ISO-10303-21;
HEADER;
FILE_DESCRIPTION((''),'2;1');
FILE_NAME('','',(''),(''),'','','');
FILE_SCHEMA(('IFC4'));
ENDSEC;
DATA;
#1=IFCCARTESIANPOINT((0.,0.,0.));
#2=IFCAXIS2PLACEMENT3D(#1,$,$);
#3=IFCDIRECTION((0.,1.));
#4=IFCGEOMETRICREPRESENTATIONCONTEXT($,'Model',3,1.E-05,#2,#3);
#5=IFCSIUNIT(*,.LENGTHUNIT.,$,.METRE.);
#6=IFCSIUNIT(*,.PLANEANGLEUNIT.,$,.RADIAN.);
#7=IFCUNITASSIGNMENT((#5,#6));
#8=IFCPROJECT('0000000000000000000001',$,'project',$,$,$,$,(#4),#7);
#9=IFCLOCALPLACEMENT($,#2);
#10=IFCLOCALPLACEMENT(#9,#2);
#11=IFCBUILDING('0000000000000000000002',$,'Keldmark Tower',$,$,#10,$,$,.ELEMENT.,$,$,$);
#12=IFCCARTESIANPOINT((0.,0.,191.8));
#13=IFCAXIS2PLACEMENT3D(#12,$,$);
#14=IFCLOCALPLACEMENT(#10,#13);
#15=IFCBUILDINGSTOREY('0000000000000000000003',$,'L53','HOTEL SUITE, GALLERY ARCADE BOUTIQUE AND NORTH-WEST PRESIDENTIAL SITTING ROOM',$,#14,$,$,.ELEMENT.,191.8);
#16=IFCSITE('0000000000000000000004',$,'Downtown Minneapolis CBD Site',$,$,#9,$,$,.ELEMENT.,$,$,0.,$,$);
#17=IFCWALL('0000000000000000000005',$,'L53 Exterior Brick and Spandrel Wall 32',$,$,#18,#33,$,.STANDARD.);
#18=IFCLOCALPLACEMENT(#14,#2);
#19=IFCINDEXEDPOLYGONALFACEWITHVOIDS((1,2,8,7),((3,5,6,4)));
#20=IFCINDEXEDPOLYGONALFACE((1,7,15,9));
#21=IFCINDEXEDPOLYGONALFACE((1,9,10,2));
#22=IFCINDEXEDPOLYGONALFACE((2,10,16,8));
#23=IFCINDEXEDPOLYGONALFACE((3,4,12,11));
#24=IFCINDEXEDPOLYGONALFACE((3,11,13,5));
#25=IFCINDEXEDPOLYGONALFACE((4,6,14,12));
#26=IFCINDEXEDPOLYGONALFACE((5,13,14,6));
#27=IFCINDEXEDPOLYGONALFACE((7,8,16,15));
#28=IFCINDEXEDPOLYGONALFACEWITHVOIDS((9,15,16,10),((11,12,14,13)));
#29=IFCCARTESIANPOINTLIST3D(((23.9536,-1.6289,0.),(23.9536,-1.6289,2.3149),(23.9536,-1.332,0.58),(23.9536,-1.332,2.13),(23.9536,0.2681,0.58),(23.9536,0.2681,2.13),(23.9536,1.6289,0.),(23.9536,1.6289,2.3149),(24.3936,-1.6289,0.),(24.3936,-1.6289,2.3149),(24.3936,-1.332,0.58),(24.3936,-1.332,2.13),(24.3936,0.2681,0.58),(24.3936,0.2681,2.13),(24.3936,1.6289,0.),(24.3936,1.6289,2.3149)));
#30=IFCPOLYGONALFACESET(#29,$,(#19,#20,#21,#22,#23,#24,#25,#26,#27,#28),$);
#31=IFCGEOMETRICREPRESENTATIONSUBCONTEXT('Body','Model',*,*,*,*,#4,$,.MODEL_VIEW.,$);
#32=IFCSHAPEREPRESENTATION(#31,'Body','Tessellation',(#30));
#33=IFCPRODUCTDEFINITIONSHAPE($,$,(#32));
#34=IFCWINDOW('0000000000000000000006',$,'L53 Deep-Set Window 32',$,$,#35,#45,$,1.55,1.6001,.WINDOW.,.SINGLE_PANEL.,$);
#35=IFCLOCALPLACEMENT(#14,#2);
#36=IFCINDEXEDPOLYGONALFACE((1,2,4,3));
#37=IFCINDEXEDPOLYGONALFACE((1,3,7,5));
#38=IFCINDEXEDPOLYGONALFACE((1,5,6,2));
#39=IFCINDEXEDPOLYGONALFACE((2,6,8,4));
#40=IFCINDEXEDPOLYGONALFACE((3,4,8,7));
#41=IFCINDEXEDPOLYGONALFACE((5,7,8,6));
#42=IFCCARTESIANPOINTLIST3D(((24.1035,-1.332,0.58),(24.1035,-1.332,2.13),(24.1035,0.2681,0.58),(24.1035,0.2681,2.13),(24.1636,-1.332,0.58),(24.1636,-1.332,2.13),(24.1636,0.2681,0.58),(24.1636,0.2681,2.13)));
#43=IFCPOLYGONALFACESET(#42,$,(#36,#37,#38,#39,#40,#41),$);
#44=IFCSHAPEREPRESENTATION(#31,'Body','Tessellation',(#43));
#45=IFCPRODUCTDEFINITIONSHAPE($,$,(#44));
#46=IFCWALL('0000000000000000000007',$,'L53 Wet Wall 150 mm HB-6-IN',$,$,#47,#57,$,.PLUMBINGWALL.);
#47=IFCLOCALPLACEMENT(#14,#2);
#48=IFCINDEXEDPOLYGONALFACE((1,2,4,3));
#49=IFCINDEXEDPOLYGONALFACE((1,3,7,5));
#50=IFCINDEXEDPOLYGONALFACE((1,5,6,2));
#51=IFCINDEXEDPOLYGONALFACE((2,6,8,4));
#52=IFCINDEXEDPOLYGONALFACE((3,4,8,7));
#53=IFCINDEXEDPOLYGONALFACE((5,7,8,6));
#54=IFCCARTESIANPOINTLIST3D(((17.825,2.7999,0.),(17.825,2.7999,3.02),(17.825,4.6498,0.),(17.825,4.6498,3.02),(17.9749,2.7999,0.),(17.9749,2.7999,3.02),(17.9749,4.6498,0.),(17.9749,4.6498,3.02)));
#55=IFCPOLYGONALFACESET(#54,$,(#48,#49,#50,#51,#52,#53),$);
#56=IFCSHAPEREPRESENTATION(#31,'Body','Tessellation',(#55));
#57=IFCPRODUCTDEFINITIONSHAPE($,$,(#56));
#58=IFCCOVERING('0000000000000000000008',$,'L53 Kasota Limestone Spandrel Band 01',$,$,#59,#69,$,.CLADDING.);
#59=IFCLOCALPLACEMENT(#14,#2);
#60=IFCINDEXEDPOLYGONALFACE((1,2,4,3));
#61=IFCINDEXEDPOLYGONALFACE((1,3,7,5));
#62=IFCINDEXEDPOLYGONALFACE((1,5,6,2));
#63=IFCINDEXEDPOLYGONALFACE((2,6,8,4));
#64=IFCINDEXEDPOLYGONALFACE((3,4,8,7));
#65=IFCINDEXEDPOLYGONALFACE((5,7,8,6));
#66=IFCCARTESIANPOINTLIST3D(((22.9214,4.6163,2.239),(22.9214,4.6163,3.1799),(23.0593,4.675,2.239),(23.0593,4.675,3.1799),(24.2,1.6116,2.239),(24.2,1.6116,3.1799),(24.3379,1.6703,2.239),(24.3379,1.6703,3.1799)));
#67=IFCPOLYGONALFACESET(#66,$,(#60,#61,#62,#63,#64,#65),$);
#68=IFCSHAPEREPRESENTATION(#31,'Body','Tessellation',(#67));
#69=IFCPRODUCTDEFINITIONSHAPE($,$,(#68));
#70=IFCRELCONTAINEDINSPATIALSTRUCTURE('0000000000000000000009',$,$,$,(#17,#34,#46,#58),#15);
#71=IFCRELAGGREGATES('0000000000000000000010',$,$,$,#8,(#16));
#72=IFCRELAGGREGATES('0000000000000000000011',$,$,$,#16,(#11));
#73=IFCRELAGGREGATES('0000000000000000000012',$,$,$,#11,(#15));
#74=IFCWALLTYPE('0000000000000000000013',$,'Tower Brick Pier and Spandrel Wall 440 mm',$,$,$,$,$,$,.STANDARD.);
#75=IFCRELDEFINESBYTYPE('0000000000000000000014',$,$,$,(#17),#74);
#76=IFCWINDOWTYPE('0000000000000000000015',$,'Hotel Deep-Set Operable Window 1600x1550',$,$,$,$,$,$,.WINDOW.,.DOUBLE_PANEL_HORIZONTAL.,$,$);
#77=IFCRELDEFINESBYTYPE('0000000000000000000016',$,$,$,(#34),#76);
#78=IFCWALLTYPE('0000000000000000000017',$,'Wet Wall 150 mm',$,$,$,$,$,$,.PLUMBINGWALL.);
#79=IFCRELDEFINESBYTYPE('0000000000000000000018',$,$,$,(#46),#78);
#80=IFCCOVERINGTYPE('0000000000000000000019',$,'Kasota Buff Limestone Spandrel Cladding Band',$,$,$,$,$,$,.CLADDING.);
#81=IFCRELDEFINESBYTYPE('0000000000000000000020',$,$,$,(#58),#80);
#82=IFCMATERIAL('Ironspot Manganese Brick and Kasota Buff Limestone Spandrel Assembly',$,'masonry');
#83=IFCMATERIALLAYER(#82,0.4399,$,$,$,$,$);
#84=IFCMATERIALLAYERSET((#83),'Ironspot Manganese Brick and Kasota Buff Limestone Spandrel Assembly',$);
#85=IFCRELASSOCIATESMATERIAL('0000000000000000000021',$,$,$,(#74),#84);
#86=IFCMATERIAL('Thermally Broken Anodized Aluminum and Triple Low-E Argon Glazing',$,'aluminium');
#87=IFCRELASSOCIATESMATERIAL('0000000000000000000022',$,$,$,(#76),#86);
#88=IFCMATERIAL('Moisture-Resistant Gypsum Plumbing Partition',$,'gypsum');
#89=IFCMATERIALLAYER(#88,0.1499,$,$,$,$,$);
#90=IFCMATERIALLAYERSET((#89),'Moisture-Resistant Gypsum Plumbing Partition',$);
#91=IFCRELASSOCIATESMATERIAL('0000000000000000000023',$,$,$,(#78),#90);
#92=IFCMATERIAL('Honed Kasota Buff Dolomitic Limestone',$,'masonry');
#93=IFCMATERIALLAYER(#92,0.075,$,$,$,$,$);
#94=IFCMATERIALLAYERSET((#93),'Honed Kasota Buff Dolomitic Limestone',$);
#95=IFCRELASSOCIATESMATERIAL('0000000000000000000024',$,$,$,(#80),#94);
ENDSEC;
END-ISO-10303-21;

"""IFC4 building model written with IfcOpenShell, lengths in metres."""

from ifc_helpers import new_model, si_unit, direction, frame, frame_2d, origin, origin_2d, place, context, subcontext, project, spatial, rectangle, extrude, material, layer, layer_set, type_object, element, fill, save


model = new_model("IFC4")

# Units and contexts
model_context = context("Model", 3, precision=1e-05, world=origin(), true_north=direction((0.0, 1.0)))
body_context = subcontext(model_context, "Body", "Model", "MODEL_VIEW")
ifc_project = project(units=[si_unit("LENGTHUNIT", "METRE"), si_unit("PLANEANGLEUNIT", "RADIAN")], contexts=[model_context])

# Site, building, storey
site_placement = place(None, origin())
site = spatial("IfcSite", under=ifc_project, at=site_placement, Name="Downtown Minneapolis CBD Site", CompositionType="ELEMENT", RefElevation=0.0)
building_placement = place(site_placement, origin())
building = spatial("IfcBuilding", under=site, at=building_placement, Name="Keldmark Tower", CompositionType="ELEMENT")
storey_placement = place(building_placement, frame((0.0, 0.0, 191.8)))
storey = spatial("IfcBuildingStorey", under=building, at=storey_placement, Name="L53", Description="HOTEL SUITE, GALLERY ARCADE BOUTIQUE AND NORTH-WEST PRESIDENTIAL SITTING ROOM", CompositionType="ELEMENT", Elevation=191.8)

# Wall, opening, window
ifc_material_1 = material(Name="Ironspot Manganese Brick and Kasota Buff Limestone Spandrel Assembly", Category="masonry")
ifc_layer_1 = layer(ifc_material_1, 0.4399)
ifc_layer_set_1 = layer_set([ifc_layer_1], Name="Ironspot Manganese Brick and Kasota Buff Limestone Spandrel Assembly")
wall_type_1 = type_object("IfcWallType", Name="Tower Brick Pier and Spandrel Wall 440 mm", PredefinedType="STANDARD", material=ifc_layer_set_1)
ifc_material_2 = material(Name="Thermally Broken Anodized Aluminum and Triple Low-E Argon Glazing", Category="aluminium")
window_type = type_object("IfcWindowType", Name="Hotel Deep-Set Operable Window 1600x1550", PartitioningType="DOUBLE_PANEL_HORIZONTAL", PredefinedType="WINDOW", material=ifc_material_2)
wall_1_placement = place(storey_placement, frame((24.1736, 1.6289, 0.0), z_axis=(0.0, 0.0, 1.0), x_axis=(0.0, -1.0, 0.0)))
wall_1 = element("IfcWall", 1, at=wall_1_placement, inside=storey, type_object=wall_type_1, Name="L53 Exterior Brick and Spandrel Wall 32", PredefinedType="STANDARD", context=body_context, shape_type="SweptSolid", body=[
    extrude(rectangle(XDim=3.2578, YDim=0.4399, at=frame_2d((1.6289, 0.0))), origin(), (0.0, 0.0, 1.0), 2.3149),
])
opening_1_placement = place(wall_1_placement, frame((1.3608, 0.0, 0.5801)))
opening_1 = element("IfcOpeningElement", 2, at=opening_1_placement, cuts=wall_1, PredefinedType="OPENING", context=body_context, shape_type="SweptSolid", body=[
    extrude(rectangle(XDim=1.6001, YDim=1.55, at=frame_2d((0.8, 0.7749))), frame((0.0, 0.23, 0.0), z_axis=(0.0, -1.0, 0.0), x_axis=(1.0, 0.0, 0.0)), (0.0, 0.0, 1.0), 0.46),
])
window_1_placement = place(opening_1_placement, origin())
window_1 = element("IfcWindow", 3, at=window_1_placement, inside=storey, type_object=window_type, Name="L53 Deep-Set Window 32", OverallHeight=1.55, OverallWidth=1.6001, PartitioningType="SINGLE_PANEL", PredefinedType="WINDOW", context=body_context, shape_type="SweptSolid", body=[
    extrude(rectangle(XDim=1.6001, YDim=1.55, at=frame_2d((0.8, 0.7749))), frame((0.0, -0.01, 0.0), z_axis=(0.0, -1.0, 0.0), x_axis=(1.0, 0.0, 0.0)), (0.0, 0.0, 1.0), 0.0601),
])
fill(opening_1, window_1)

# Wall
ifc_material_3 = material(Name="Moisture-Resistant Gypsum Plumbing Partition", Category="gypsum")
ifc_layer_2 = layer(ifc_material_3, 0.1499)
ifc_layer_set_2 = layer_set([ifc_layer_2], Name="Moisture-Resistant Gypsum Plumbing Partition")
wall_type_2 = type_object("IfcWallType", Name="Wet Wall 150 mm", PredefinedType="PLUMBINGWALL", material=ifc_layer_set_2)
wall_2_placement = place(storey_placement, frame((17.8999, 2.8, 0.0), z_axis=(0.0, 0.0, 1.0), x_axis=(0.0, 1.0, 0.0)))
element("IfcWall", 4, at=wall_2_placement, inside=storey, type_object=wall_type_2, Name="L53 Wet Wall 150 mm HB-6-IN", PredefinedType="PLUMBINGWALL", context=body_context, shape_type="SweptSolid", body=[
    extrude(rectangle(XDim=1.8499, YDim=0.1499, at=frame_2d((0.9248, 0.0))), origin(), (0.0, 0.0, 1.0), 3.02),
])

# Covering
ifc_material_4 = material(Name="Honed Kasota Buff Dolomitic Limestone", Category="masonry")
ifc_layer_3 = layer(ifc_material_4, 0.075)
ifc_layer_set_3 = layer_set([ifc_layer_3], Name="Honed Kasota Buff Dolomitic Limestone")
covering_type = type_object("IfcCoveringType", Name="Kasota Buff Limestone Spandrel Cladding Band", PredefinedType="CLADDING", material=ifc_layer_set_3)
covering_placement = place(storey_placement, frame((23.6296, 3.1433, 2.239), z_axis=(0.0, 0.0, 1.0), x_axis=(-0.39155, 0.920157, 0.0)))
element("IfcCovering", 5, at=covering_placement, inside=storey, type_object=covering_type, Name="L53 Kasota Limestone Spandrel Band 01", PredefinedType="CLADDING", context=body_context, shape_type="SweptSolid", body=[
    extrude(rectangle(XDim=3.2654, YDim=0.1499, at=origin_2d()), origin(), (0.0, 0.0, 1.0), 0.9409),
])

save(model, "model.ifc")
